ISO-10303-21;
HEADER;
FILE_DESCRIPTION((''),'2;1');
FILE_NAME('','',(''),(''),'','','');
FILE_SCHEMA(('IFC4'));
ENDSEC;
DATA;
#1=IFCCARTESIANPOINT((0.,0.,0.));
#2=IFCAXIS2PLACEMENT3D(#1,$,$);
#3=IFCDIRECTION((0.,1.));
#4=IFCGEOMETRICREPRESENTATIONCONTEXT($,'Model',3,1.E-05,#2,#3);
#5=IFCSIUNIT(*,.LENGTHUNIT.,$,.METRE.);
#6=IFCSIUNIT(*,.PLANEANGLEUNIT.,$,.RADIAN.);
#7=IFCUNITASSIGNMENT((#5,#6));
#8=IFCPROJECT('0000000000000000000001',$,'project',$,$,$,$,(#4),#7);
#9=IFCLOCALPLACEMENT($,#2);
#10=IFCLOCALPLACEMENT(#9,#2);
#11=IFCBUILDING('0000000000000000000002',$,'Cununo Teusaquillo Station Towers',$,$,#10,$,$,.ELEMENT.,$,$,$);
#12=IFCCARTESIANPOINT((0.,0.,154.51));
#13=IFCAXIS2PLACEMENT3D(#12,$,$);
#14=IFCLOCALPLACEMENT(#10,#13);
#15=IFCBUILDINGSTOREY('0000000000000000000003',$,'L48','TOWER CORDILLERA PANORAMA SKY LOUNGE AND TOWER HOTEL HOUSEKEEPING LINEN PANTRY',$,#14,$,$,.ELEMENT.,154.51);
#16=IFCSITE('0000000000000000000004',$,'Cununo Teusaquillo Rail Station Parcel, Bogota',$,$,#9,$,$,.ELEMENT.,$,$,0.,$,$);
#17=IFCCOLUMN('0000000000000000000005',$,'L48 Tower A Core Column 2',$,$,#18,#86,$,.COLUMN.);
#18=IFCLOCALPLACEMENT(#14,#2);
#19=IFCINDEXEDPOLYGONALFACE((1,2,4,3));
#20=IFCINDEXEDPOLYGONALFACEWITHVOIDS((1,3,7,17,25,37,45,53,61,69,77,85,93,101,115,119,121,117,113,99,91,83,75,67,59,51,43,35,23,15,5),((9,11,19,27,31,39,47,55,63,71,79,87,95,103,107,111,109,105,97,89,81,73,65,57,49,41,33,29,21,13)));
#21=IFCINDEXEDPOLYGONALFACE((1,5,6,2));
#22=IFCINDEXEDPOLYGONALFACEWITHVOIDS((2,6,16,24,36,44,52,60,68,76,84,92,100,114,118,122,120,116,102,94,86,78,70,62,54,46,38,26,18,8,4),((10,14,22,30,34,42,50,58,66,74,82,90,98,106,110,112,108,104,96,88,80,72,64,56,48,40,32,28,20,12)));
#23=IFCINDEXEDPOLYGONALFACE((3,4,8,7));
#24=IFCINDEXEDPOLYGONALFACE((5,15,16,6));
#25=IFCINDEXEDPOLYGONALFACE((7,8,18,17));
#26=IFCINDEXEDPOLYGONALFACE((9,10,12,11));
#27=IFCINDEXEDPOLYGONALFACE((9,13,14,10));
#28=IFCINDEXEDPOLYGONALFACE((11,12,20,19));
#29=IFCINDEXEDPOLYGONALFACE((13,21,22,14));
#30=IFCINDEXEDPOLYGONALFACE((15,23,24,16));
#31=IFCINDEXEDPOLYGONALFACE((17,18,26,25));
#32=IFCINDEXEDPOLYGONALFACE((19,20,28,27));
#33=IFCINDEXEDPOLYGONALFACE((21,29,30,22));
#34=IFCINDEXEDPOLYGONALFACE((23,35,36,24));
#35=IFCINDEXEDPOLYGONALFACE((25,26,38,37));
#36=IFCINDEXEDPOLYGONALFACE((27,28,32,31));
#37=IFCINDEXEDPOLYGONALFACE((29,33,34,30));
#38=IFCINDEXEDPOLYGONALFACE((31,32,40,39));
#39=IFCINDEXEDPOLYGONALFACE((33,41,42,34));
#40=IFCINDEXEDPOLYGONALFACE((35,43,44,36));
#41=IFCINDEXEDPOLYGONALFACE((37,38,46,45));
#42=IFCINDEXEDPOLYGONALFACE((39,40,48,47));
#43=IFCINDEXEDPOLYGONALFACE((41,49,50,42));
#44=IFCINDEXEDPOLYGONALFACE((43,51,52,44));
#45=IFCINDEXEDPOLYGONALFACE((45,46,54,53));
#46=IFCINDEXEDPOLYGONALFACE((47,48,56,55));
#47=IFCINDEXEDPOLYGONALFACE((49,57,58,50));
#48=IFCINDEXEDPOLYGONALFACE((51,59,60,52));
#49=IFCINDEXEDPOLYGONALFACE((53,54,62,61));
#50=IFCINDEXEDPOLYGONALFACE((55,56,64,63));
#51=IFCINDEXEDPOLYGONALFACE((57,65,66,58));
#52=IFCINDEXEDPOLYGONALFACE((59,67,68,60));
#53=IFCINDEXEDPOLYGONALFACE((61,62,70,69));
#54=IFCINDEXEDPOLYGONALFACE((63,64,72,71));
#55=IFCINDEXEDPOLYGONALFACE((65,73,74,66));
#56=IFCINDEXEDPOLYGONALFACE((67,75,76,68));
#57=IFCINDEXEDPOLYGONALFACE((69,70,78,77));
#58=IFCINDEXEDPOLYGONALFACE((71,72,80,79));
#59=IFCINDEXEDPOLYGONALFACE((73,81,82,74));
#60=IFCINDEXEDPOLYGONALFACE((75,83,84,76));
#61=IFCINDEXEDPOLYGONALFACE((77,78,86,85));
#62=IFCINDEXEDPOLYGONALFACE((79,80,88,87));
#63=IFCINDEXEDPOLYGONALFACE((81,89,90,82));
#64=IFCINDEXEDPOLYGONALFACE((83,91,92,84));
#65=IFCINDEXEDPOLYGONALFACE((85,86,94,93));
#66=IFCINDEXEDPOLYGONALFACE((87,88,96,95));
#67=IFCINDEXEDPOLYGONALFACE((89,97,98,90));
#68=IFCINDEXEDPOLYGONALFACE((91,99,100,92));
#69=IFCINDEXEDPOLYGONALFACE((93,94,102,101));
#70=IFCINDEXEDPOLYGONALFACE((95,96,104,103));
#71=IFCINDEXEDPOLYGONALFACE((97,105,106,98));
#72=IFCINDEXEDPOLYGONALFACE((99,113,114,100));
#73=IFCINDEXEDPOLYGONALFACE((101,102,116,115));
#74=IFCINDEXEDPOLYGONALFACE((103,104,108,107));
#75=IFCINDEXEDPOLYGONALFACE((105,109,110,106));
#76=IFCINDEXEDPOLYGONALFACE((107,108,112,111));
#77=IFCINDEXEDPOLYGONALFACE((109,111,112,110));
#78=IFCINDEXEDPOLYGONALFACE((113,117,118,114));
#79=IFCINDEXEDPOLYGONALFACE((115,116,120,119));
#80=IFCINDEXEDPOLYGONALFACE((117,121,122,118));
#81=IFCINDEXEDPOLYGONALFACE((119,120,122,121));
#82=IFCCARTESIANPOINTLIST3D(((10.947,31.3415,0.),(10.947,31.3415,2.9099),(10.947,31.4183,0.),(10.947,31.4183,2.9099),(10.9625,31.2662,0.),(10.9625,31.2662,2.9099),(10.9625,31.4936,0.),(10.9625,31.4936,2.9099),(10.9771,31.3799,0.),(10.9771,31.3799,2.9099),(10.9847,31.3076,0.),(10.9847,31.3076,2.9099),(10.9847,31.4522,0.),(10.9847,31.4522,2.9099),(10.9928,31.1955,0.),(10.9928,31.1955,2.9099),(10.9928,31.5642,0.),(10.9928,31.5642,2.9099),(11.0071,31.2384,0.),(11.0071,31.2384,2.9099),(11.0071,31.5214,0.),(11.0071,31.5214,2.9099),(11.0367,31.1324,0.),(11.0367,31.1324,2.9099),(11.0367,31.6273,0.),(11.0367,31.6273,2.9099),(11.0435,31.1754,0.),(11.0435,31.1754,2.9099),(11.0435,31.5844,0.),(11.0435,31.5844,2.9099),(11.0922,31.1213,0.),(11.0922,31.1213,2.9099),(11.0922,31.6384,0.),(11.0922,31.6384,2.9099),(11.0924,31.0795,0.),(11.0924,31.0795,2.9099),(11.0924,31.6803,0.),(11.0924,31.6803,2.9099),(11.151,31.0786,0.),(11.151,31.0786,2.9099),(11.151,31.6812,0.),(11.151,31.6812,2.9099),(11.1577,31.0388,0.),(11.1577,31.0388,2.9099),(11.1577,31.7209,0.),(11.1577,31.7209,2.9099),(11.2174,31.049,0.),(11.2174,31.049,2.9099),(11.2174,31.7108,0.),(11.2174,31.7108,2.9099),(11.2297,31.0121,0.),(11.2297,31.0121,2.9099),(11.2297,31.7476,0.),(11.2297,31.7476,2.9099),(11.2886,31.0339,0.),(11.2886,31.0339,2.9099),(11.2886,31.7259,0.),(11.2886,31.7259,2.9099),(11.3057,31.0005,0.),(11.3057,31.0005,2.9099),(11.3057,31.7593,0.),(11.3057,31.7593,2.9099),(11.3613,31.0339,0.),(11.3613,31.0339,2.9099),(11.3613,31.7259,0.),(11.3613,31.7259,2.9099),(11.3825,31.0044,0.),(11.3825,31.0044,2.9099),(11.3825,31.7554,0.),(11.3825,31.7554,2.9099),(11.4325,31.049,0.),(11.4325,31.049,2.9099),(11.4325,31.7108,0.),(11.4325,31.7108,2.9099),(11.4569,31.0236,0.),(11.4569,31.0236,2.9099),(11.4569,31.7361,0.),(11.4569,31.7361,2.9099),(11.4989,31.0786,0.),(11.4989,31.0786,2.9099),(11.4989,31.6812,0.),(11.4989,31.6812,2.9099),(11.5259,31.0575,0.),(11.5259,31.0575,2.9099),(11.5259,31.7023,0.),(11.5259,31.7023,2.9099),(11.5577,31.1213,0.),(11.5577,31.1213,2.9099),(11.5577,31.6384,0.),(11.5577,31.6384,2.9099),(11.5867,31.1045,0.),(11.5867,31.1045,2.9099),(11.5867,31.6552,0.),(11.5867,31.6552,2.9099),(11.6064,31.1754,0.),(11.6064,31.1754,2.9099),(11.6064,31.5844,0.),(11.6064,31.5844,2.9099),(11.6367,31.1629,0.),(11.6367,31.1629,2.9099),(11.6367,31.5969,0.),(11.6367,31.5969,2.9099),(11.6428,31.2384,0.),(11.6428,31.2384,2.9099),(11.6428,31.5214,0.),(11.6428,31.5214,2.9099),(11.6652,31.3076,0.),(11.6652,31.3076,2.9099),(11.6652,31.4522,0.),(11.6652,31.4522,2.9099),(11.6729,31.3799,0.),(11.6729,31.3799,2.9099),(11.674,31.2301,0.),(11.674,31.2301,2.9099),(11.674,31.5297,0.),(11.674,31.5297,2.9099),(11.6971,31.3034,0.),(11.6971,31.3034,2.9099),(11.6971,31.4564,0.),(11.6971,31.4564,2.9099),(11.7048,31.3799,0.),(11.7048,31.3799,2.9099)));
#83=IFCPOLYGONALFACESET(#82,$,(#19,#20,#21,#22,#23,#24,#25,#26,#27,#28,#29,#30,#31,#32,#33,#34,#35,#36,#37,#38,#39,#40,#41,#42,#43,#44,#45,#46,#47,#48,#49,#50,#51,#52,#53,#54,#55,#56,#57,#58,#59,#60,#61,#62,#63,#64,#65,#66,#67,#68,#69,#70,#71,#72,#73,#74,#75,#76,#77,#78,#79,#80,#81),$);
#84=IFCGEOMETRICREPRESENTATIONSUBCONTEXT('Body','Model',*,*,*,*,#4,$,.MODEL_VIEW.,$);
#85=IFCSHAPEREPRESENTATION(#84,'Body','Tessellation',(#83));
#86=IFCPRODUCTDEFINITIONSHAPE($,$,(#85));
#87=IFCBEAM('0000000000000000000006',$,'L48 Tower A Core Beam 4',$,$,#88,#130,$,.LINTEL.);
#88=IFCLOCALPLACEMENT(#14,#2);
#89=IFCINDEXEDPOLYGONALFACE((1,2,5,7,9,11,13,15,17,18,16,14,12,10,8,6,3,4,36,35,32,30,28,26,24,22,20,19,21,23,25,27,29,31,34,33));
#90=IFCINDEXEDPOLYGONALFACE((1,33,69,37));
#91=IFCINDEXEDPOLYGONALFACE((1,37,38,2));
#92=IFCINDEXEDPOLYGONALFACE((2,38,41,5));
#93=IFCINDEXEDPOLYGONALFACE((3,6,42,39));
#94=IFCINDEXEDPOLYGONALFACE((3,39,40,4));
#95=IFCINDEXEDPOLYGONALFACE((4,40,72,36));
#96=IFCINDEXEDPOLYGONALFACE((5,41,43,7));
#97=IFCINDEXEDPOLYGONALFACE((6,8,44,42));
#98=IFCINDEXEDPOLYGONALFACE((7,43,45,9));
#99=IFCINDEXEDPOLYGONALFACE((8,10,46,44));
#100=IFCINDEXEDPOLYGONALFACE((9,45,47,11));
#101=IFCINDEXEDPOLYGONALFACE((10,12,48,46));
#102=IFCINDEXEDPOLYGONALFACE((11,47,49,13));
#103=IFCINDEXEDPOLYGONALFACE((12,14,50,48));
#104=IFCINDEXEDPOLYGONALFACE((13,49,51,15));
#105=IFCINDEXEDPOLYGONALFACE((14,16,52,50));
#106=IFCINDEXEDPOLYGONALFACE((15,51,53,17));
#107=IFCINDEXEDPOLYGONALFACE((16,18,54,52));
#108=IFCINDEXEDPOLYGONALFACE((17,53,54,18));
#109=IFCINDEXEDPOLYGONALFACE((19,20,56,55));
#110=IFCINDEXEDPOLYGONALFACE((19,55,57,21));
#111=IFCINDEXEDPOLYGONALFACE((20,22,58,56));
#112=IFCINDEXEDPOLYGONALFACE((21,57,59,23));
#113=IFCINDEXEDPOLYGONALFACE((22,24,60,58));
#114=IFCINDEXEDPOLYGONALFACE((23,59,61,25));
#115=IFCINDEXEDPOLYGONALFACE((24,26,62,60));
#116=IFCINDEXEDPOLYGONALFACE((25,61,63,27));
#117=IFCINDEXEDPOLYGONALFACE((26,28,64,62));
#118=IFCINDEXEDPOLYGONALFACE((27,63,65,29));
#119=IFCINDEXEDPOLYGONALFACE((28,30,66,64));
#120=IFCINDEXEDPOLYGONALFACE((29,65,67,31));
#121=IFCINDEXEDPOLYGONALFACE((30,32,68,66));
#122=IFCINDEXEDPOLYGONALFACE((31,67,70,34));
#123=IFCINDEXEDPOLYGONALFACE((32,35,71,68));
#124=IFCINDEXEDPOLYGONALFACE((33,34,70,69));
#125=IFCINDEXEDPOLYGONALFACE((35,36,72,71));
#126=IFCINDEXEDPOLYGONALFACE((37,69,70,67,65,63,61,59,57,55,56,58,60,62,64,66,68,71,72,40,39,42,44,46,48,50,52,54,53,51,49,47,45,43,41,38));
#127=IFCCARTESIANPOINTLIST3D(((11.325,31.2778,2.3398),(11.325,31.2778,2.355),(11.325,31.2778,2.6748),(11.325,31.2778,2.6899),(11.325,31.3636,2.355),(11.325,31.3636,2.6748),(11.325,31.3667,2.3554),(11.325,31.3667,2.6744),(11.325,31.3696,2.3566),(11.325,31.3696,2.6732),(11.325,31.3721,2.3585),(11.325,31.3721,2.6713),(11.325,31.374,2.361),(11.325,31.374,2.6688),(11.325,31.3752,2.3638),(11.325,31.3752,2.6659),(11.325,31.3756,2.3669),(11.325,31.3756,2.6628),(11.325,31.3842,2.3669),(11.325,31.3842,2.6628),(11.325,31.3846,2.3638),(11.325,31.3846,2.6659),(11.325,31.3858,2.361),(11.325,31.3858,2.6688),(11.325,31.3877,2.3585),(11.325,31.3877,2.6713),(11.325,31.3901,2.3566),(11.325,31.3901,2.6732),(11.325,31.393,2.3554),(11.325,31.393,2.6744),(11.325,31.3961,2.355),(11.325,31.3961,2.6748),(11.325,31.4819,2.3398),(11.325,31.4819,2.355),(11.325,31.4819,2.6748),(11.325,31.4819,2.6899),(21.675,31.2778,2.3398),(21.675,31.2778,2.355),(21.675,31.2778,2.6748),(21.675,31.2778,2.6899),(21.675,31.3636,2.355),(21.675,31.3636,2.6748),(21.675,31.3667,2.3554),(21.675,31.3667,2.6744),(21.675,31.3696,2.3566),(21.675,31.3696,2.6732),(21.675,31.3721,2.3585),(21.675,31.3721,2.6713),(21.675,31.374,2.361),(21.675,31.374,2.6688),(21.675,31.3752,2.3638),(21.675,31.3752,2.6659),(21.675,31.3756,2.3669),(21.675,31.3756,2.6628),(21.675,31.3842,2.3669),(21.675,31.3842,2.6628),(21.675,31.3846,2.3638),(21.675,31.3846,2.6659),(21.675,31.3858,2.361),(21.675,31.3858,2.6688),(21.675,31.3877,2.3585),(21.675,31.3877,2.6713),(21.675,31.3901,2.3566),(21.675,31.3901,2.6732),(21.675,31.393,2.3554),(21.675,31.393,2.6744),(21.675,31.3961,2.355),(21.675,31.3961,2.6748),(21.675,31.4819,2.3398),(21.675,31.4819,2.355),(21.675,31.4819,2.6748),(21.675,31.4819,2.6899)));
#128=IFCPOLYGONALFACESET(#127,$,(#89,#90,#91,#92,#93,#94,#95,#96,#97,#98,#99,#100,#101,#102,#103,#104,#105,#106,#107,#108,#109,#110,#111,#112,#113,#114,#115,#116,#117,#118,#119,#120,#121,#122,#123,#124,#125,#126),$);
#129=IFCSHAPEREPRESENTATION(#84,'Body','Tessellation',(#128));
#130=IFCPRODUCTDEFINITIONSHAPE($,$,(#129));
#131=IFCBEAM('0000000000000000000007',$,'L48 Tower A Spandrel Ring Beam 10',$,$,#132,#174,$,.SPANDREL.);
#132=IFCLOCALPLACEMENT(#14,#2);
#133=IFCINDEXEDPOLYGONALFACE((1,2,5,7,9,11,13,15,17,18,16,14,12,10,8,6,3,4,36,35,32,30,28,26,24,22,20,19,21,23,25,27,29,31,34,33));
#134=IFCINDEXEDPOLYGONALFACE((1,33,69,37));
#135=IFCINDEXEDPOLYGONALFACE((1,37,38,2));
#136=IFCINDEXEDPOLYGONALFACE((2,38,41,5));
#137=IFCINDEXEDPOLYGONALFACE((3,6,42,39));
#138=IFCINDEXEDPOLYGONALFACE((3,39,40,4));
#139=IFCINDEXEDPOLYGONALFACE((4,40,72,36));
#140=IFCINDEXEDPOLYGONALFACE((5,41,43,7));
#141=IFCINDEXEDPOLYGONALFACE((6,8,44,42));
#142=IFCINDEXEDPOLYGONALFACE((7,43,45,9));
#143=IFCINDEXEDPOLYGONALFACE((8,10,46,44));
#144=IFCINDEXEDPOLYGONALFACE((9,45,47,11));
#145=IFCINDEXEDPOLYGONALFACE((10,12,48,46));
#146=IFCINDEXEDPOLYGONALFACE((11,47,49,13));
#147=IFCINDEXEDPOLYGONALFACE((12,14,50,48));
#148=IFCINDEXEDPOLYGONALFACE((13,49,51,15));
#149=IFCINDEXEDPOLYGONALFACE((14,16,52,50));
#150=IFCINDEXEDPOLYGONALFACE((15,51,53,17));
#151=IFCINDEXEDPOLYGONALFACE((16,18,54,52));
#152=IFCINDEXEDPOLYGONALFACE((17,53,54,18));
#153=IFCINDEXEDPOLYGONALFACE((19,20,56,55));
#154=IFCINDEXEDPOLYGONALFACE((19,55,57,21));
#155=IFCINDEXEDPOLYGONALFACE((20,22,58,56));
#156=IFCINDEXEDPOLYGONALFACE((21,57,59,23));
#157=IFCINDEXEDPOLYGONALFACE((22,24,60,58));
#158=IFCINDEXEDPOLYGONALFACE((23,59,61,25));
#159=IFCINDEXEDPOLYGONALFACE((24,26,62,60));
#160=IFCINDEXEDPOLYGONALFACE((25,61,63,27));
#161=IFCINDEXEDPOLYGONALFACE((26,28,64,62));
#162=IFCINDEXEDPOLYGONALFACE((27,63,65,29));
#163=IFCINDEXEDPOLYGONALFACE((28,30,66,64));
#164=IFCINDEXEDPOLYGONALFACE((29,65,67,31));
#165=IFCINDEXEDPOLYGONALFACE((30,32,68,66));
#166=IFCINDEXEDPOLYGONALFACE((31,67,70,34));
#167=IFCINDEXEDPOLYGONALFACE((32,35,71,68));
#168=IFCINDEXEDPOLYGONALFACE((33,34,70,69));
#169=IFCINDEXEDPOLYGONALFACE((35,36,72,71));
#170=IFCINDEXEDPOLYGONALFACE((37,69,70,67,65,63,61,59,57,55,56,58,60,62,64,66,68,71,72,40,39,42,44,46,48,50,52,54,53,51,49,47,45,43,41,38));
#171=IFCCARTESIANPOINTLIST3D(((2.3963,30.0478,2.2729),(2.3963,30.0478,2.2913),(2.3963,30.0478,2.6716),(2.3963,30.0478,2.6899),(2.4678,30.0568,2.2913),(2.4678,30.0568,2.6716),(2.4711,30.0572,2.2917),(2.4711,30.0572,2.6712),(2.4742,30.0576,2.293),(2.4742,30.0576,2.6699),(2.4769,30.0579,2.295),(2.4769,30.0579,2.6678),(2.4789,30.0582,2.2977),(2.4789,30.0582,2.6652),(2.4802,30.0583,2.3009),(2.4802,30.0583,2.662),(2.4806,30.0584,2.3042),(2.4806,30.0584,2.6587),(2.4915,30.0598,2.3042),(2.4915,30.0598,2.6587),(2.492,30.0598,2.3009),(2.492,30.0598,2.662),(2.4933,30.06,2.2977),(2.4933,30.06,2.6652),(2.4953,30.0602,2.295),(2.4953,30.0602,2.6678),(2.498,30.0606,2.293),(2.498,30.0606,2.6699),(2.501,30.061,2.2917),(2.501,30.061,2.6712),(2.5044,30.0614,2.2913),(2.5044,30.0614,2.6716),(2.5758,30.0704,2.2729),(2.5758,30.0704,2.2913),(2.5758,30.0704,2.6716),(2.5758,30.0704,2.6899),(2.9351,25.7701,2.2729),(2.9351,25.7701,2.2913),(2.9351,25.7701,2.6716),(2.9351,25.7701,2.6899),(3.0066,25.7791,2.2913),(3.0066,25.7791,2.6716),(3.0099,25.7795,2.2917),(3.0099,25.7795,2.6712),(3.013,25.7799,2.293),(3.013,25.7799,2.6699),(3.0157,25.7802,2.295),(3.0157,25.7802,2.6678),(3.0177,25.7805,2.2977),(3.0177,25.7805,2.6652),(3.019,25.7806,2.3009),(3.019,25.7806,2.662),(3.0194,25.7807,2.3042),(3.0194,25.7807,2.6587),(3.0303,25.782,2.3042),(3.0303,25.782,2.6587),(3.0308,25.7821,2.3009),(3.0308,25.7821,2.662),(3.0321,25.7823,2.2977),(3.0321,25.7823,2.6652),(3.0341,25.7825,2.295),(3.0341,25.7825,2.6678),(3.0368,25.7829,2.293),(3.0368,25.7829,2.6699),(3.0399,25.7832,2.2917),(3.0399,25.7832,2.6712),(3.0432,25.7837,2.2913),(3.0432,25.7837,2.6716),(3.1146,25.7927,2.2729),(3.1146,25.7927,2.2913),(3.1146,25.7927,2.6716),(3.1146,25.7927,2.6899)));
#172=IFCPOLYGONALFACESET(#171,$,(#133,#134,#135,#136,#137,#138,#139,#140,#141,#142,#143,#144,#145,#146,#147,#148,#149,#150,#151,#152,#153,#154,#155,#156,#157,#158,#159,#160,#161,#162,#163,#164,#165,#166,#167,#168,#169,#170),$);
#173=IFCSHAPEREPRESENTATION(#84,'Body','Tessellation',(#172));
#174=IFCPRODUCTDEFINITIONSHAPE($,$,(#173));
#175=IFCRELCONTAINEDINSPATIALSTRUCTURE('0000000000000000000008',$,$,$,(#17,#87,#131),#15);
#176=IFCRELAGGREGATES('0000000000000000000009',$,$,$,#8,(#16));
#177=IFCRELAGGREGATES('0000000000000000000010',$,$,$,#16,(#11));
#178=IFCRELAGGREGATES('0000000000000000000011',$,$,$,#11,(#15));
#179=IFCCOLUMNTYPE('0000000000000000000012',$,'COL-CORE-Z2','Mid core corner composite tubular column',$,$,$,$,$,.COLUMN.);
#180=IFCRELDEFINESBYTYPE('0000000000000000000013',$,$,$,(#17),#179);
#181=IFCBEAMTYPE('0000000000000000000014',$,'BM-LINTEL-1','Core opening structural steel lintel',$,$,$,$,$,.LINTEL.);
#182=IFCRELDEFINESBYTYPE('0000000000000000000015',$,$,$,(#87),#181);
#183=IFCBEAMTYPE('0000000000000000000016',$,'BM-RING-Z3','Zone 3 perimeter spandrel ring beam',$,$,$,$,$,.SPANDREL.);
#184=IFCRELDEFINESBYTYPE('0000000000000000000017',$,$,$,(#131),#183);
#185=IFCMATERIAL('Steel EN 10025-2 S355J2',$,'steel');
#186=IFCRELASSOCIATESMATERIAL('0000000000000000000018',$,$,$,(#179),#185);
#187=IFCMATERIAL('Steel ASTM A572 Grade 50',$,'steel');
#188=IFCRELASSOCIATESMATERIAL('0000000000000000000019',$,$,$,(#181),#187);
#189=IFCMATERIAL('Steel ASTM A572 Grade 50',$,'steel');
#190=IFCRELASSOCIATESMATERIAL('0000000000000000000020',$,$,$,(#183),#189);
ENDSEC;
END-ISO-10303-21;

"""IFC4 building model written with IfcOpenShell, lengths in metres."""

from ifc_helpers import new_model, si_unit, direction, frame, origin, origin_2d, place, context, subcontext, project, spatial, hollow_circle, i_section, extrude, material, material_profile, profile_set, type_object, element, save


model = new_model("IFC4")

# Units and contexts
model_context = context("Model", 3, precision=1e-05, world=origin(), true_north=direction((0.0, 1.0)))
body_context = subcontext(model_context, "Body", "Model", "MODEL_VIEW")
ifc_project = project(units=[si_unit("LENGTHUNIT", "METRE"), si_unit("PLANEANGLEUNIT", "RADIAN")], contexts=[model_context])

# Site, building, storey
site_placement = place(None, origin())
site = spatial("IfcSite", under=ifc_project, at=site_placement, Name="Cununo Teusaquillo Rail Station Parcel, Bogota", CompositionType="ELEMENT", RefElevation=0.0)
building_placement = place(site_placement, origin())
building = spatial("IfcBuilding", under=site, at=building_placement, Name="Cununo Teusaquillo Station Towers", CompositionType="ELEMENT")
storey_placement = place(building_placement, frame((0.0, 0.0, 154.51)))
storey = spatial("IfcBuildingStorey", under=building, at=storey_placement, Name="L48", Description="TOWER CORDILLERA PANORAMA SKY LOUNGE AND TOWER HOTEL HOUSEKEEPING LINEN PANTRY", CompositionType="ELEMENT", Elevation=154.51)

# Column
ifc_material_1 = material(Name="Steel EN 10025-2 S355J2", Category="steel")
ifc_material_profile_1 = material_profile(ifc_material_1, hollow_circle(Radius=0.3799, WallThickness=0.032, at=origin_2d()), Name="CHS 760x32")
ifc_profile_set_1 = profile_set([ifc_material_profile_1], Name="Steel EN 10025-2 S355J2")
column_type = type_object("IfcColumnType", Name="COL-CORE-Z2", Description="Mid core corner composite tubular column", PredefinedType="COLUMN", material=ifc_profile_set_1)
column_placement = place(storey_placement, frame((11.325, 31.3799, 0.0), z_axis=(0.0, 0.0, 1.0), x_axis=(1.0, 0.0, 0.0)))
element("IfcColumn", 1, at=column_placement, inside=storey, type_object=column_type, Name="L48 Tower A Core Column 2", PredefinedType="COLUMN", context=body_context, shape_type="SweptSolid", body=[
    extrude(hollow_circle(Radius=0.3799, WallThickness=0.032, at=origin_2d()), origin(), (0.0, 0.0, 1.0), 2.9099),
])

# Beams
ifc_material_2 = material(Name="Steel ASTM A572 Grade 50", Category="steel")
ifc_material_profile_2 = material_profile(ifc_material_2, i_section(OverallWidth=0.2041, OverallDepth=0.3501, WebThickness=0.0085, FlangeThickness=0.0151, FilletRadius=0.012, at=origin_2d()), Name="W14X48")
ifc_profile_set_2 = profile_set([ifc_material_profile_2], Name="Steel ASTM A572 Grade 50")
beam_type_1 = type_object("IfcBeamType", Name="BM-LINTEL-1", Description="Core opening structural steel lintel", PredefinedType="LINTEL", material=ifc_profile_set_2)
beam_1_placement = place(storey_placement, frame((11.325, 31.3799, 2.5149), z_axis=(1.0, 0.0, 0.0), x_axis=(0.0, 1.0, 0.0)))
element("IfcBeam", 2, at=beam_1_placement, inside=storey, type_object=beam_type_1, Name="L48 Tower A Core Beam 4", PredefinedType="LINTEL", context=body_context, shape_type="SweptSolid", body=[
    extrude(i_section(OverallWidth=0.2041, OverallDepth=0.3501, WebThickness=0.0085, FlangeThickness=0.0151, FilletRadius=0.012, at=origin_2d()), origin(), (0.0, 0.0, 1.0), 10.3501),
])
ifc_material_3 = material(Name="Steel ASTM A572 Grade 50", Category="steel")
ifc_material_profile_3 = material_profile(ifc_material_3, i_section(OverallWidth=0.1809, OverallDepth=0.417, WebThickness=0.011, FlangeThickness=0.0183, FilletRadius=0.0129, at=origin_2d()), Name="W16X57")
ifc_profile_set_3 = profile_set([ifc_material_profile_3], Name="Steel ASTM A572 Grade 50")
beam_type_2 = type_object("IfcBeamType", Name="BM-RING-Z3", Description="Zone 3 perimeter spandrel ring beam", PredefinedType="SPANDREL", material=ifc_profile_set_3)
beam_2_placement = place(storey_placement, frame((2.4861, 30.0591, 2.4814), z_axis=(0.124969, -0.992161, 0.0), x_axis=(0.992161, 0.124969, 0.0)))
element("IfcBeam", 3, at=beam_2_placement, inside=storey, type_object=beam_type_2, Name="L48 Tower A Spandrel Ring Beam 10", PredefinedType="SPANDREL", context=body_context, shape_type="SweptSolid", body=[
    extrude(i_section(OverallWidth=0.1809, OverallDepth=0.417, WebThickness=0.011, FlangeThickness=0.0183, FilletRadius=0.0129, at=origin_2d()), origin(), (0.0, 0.0, 1.0), 4.3115),
])

save(model, "model.ifc")
